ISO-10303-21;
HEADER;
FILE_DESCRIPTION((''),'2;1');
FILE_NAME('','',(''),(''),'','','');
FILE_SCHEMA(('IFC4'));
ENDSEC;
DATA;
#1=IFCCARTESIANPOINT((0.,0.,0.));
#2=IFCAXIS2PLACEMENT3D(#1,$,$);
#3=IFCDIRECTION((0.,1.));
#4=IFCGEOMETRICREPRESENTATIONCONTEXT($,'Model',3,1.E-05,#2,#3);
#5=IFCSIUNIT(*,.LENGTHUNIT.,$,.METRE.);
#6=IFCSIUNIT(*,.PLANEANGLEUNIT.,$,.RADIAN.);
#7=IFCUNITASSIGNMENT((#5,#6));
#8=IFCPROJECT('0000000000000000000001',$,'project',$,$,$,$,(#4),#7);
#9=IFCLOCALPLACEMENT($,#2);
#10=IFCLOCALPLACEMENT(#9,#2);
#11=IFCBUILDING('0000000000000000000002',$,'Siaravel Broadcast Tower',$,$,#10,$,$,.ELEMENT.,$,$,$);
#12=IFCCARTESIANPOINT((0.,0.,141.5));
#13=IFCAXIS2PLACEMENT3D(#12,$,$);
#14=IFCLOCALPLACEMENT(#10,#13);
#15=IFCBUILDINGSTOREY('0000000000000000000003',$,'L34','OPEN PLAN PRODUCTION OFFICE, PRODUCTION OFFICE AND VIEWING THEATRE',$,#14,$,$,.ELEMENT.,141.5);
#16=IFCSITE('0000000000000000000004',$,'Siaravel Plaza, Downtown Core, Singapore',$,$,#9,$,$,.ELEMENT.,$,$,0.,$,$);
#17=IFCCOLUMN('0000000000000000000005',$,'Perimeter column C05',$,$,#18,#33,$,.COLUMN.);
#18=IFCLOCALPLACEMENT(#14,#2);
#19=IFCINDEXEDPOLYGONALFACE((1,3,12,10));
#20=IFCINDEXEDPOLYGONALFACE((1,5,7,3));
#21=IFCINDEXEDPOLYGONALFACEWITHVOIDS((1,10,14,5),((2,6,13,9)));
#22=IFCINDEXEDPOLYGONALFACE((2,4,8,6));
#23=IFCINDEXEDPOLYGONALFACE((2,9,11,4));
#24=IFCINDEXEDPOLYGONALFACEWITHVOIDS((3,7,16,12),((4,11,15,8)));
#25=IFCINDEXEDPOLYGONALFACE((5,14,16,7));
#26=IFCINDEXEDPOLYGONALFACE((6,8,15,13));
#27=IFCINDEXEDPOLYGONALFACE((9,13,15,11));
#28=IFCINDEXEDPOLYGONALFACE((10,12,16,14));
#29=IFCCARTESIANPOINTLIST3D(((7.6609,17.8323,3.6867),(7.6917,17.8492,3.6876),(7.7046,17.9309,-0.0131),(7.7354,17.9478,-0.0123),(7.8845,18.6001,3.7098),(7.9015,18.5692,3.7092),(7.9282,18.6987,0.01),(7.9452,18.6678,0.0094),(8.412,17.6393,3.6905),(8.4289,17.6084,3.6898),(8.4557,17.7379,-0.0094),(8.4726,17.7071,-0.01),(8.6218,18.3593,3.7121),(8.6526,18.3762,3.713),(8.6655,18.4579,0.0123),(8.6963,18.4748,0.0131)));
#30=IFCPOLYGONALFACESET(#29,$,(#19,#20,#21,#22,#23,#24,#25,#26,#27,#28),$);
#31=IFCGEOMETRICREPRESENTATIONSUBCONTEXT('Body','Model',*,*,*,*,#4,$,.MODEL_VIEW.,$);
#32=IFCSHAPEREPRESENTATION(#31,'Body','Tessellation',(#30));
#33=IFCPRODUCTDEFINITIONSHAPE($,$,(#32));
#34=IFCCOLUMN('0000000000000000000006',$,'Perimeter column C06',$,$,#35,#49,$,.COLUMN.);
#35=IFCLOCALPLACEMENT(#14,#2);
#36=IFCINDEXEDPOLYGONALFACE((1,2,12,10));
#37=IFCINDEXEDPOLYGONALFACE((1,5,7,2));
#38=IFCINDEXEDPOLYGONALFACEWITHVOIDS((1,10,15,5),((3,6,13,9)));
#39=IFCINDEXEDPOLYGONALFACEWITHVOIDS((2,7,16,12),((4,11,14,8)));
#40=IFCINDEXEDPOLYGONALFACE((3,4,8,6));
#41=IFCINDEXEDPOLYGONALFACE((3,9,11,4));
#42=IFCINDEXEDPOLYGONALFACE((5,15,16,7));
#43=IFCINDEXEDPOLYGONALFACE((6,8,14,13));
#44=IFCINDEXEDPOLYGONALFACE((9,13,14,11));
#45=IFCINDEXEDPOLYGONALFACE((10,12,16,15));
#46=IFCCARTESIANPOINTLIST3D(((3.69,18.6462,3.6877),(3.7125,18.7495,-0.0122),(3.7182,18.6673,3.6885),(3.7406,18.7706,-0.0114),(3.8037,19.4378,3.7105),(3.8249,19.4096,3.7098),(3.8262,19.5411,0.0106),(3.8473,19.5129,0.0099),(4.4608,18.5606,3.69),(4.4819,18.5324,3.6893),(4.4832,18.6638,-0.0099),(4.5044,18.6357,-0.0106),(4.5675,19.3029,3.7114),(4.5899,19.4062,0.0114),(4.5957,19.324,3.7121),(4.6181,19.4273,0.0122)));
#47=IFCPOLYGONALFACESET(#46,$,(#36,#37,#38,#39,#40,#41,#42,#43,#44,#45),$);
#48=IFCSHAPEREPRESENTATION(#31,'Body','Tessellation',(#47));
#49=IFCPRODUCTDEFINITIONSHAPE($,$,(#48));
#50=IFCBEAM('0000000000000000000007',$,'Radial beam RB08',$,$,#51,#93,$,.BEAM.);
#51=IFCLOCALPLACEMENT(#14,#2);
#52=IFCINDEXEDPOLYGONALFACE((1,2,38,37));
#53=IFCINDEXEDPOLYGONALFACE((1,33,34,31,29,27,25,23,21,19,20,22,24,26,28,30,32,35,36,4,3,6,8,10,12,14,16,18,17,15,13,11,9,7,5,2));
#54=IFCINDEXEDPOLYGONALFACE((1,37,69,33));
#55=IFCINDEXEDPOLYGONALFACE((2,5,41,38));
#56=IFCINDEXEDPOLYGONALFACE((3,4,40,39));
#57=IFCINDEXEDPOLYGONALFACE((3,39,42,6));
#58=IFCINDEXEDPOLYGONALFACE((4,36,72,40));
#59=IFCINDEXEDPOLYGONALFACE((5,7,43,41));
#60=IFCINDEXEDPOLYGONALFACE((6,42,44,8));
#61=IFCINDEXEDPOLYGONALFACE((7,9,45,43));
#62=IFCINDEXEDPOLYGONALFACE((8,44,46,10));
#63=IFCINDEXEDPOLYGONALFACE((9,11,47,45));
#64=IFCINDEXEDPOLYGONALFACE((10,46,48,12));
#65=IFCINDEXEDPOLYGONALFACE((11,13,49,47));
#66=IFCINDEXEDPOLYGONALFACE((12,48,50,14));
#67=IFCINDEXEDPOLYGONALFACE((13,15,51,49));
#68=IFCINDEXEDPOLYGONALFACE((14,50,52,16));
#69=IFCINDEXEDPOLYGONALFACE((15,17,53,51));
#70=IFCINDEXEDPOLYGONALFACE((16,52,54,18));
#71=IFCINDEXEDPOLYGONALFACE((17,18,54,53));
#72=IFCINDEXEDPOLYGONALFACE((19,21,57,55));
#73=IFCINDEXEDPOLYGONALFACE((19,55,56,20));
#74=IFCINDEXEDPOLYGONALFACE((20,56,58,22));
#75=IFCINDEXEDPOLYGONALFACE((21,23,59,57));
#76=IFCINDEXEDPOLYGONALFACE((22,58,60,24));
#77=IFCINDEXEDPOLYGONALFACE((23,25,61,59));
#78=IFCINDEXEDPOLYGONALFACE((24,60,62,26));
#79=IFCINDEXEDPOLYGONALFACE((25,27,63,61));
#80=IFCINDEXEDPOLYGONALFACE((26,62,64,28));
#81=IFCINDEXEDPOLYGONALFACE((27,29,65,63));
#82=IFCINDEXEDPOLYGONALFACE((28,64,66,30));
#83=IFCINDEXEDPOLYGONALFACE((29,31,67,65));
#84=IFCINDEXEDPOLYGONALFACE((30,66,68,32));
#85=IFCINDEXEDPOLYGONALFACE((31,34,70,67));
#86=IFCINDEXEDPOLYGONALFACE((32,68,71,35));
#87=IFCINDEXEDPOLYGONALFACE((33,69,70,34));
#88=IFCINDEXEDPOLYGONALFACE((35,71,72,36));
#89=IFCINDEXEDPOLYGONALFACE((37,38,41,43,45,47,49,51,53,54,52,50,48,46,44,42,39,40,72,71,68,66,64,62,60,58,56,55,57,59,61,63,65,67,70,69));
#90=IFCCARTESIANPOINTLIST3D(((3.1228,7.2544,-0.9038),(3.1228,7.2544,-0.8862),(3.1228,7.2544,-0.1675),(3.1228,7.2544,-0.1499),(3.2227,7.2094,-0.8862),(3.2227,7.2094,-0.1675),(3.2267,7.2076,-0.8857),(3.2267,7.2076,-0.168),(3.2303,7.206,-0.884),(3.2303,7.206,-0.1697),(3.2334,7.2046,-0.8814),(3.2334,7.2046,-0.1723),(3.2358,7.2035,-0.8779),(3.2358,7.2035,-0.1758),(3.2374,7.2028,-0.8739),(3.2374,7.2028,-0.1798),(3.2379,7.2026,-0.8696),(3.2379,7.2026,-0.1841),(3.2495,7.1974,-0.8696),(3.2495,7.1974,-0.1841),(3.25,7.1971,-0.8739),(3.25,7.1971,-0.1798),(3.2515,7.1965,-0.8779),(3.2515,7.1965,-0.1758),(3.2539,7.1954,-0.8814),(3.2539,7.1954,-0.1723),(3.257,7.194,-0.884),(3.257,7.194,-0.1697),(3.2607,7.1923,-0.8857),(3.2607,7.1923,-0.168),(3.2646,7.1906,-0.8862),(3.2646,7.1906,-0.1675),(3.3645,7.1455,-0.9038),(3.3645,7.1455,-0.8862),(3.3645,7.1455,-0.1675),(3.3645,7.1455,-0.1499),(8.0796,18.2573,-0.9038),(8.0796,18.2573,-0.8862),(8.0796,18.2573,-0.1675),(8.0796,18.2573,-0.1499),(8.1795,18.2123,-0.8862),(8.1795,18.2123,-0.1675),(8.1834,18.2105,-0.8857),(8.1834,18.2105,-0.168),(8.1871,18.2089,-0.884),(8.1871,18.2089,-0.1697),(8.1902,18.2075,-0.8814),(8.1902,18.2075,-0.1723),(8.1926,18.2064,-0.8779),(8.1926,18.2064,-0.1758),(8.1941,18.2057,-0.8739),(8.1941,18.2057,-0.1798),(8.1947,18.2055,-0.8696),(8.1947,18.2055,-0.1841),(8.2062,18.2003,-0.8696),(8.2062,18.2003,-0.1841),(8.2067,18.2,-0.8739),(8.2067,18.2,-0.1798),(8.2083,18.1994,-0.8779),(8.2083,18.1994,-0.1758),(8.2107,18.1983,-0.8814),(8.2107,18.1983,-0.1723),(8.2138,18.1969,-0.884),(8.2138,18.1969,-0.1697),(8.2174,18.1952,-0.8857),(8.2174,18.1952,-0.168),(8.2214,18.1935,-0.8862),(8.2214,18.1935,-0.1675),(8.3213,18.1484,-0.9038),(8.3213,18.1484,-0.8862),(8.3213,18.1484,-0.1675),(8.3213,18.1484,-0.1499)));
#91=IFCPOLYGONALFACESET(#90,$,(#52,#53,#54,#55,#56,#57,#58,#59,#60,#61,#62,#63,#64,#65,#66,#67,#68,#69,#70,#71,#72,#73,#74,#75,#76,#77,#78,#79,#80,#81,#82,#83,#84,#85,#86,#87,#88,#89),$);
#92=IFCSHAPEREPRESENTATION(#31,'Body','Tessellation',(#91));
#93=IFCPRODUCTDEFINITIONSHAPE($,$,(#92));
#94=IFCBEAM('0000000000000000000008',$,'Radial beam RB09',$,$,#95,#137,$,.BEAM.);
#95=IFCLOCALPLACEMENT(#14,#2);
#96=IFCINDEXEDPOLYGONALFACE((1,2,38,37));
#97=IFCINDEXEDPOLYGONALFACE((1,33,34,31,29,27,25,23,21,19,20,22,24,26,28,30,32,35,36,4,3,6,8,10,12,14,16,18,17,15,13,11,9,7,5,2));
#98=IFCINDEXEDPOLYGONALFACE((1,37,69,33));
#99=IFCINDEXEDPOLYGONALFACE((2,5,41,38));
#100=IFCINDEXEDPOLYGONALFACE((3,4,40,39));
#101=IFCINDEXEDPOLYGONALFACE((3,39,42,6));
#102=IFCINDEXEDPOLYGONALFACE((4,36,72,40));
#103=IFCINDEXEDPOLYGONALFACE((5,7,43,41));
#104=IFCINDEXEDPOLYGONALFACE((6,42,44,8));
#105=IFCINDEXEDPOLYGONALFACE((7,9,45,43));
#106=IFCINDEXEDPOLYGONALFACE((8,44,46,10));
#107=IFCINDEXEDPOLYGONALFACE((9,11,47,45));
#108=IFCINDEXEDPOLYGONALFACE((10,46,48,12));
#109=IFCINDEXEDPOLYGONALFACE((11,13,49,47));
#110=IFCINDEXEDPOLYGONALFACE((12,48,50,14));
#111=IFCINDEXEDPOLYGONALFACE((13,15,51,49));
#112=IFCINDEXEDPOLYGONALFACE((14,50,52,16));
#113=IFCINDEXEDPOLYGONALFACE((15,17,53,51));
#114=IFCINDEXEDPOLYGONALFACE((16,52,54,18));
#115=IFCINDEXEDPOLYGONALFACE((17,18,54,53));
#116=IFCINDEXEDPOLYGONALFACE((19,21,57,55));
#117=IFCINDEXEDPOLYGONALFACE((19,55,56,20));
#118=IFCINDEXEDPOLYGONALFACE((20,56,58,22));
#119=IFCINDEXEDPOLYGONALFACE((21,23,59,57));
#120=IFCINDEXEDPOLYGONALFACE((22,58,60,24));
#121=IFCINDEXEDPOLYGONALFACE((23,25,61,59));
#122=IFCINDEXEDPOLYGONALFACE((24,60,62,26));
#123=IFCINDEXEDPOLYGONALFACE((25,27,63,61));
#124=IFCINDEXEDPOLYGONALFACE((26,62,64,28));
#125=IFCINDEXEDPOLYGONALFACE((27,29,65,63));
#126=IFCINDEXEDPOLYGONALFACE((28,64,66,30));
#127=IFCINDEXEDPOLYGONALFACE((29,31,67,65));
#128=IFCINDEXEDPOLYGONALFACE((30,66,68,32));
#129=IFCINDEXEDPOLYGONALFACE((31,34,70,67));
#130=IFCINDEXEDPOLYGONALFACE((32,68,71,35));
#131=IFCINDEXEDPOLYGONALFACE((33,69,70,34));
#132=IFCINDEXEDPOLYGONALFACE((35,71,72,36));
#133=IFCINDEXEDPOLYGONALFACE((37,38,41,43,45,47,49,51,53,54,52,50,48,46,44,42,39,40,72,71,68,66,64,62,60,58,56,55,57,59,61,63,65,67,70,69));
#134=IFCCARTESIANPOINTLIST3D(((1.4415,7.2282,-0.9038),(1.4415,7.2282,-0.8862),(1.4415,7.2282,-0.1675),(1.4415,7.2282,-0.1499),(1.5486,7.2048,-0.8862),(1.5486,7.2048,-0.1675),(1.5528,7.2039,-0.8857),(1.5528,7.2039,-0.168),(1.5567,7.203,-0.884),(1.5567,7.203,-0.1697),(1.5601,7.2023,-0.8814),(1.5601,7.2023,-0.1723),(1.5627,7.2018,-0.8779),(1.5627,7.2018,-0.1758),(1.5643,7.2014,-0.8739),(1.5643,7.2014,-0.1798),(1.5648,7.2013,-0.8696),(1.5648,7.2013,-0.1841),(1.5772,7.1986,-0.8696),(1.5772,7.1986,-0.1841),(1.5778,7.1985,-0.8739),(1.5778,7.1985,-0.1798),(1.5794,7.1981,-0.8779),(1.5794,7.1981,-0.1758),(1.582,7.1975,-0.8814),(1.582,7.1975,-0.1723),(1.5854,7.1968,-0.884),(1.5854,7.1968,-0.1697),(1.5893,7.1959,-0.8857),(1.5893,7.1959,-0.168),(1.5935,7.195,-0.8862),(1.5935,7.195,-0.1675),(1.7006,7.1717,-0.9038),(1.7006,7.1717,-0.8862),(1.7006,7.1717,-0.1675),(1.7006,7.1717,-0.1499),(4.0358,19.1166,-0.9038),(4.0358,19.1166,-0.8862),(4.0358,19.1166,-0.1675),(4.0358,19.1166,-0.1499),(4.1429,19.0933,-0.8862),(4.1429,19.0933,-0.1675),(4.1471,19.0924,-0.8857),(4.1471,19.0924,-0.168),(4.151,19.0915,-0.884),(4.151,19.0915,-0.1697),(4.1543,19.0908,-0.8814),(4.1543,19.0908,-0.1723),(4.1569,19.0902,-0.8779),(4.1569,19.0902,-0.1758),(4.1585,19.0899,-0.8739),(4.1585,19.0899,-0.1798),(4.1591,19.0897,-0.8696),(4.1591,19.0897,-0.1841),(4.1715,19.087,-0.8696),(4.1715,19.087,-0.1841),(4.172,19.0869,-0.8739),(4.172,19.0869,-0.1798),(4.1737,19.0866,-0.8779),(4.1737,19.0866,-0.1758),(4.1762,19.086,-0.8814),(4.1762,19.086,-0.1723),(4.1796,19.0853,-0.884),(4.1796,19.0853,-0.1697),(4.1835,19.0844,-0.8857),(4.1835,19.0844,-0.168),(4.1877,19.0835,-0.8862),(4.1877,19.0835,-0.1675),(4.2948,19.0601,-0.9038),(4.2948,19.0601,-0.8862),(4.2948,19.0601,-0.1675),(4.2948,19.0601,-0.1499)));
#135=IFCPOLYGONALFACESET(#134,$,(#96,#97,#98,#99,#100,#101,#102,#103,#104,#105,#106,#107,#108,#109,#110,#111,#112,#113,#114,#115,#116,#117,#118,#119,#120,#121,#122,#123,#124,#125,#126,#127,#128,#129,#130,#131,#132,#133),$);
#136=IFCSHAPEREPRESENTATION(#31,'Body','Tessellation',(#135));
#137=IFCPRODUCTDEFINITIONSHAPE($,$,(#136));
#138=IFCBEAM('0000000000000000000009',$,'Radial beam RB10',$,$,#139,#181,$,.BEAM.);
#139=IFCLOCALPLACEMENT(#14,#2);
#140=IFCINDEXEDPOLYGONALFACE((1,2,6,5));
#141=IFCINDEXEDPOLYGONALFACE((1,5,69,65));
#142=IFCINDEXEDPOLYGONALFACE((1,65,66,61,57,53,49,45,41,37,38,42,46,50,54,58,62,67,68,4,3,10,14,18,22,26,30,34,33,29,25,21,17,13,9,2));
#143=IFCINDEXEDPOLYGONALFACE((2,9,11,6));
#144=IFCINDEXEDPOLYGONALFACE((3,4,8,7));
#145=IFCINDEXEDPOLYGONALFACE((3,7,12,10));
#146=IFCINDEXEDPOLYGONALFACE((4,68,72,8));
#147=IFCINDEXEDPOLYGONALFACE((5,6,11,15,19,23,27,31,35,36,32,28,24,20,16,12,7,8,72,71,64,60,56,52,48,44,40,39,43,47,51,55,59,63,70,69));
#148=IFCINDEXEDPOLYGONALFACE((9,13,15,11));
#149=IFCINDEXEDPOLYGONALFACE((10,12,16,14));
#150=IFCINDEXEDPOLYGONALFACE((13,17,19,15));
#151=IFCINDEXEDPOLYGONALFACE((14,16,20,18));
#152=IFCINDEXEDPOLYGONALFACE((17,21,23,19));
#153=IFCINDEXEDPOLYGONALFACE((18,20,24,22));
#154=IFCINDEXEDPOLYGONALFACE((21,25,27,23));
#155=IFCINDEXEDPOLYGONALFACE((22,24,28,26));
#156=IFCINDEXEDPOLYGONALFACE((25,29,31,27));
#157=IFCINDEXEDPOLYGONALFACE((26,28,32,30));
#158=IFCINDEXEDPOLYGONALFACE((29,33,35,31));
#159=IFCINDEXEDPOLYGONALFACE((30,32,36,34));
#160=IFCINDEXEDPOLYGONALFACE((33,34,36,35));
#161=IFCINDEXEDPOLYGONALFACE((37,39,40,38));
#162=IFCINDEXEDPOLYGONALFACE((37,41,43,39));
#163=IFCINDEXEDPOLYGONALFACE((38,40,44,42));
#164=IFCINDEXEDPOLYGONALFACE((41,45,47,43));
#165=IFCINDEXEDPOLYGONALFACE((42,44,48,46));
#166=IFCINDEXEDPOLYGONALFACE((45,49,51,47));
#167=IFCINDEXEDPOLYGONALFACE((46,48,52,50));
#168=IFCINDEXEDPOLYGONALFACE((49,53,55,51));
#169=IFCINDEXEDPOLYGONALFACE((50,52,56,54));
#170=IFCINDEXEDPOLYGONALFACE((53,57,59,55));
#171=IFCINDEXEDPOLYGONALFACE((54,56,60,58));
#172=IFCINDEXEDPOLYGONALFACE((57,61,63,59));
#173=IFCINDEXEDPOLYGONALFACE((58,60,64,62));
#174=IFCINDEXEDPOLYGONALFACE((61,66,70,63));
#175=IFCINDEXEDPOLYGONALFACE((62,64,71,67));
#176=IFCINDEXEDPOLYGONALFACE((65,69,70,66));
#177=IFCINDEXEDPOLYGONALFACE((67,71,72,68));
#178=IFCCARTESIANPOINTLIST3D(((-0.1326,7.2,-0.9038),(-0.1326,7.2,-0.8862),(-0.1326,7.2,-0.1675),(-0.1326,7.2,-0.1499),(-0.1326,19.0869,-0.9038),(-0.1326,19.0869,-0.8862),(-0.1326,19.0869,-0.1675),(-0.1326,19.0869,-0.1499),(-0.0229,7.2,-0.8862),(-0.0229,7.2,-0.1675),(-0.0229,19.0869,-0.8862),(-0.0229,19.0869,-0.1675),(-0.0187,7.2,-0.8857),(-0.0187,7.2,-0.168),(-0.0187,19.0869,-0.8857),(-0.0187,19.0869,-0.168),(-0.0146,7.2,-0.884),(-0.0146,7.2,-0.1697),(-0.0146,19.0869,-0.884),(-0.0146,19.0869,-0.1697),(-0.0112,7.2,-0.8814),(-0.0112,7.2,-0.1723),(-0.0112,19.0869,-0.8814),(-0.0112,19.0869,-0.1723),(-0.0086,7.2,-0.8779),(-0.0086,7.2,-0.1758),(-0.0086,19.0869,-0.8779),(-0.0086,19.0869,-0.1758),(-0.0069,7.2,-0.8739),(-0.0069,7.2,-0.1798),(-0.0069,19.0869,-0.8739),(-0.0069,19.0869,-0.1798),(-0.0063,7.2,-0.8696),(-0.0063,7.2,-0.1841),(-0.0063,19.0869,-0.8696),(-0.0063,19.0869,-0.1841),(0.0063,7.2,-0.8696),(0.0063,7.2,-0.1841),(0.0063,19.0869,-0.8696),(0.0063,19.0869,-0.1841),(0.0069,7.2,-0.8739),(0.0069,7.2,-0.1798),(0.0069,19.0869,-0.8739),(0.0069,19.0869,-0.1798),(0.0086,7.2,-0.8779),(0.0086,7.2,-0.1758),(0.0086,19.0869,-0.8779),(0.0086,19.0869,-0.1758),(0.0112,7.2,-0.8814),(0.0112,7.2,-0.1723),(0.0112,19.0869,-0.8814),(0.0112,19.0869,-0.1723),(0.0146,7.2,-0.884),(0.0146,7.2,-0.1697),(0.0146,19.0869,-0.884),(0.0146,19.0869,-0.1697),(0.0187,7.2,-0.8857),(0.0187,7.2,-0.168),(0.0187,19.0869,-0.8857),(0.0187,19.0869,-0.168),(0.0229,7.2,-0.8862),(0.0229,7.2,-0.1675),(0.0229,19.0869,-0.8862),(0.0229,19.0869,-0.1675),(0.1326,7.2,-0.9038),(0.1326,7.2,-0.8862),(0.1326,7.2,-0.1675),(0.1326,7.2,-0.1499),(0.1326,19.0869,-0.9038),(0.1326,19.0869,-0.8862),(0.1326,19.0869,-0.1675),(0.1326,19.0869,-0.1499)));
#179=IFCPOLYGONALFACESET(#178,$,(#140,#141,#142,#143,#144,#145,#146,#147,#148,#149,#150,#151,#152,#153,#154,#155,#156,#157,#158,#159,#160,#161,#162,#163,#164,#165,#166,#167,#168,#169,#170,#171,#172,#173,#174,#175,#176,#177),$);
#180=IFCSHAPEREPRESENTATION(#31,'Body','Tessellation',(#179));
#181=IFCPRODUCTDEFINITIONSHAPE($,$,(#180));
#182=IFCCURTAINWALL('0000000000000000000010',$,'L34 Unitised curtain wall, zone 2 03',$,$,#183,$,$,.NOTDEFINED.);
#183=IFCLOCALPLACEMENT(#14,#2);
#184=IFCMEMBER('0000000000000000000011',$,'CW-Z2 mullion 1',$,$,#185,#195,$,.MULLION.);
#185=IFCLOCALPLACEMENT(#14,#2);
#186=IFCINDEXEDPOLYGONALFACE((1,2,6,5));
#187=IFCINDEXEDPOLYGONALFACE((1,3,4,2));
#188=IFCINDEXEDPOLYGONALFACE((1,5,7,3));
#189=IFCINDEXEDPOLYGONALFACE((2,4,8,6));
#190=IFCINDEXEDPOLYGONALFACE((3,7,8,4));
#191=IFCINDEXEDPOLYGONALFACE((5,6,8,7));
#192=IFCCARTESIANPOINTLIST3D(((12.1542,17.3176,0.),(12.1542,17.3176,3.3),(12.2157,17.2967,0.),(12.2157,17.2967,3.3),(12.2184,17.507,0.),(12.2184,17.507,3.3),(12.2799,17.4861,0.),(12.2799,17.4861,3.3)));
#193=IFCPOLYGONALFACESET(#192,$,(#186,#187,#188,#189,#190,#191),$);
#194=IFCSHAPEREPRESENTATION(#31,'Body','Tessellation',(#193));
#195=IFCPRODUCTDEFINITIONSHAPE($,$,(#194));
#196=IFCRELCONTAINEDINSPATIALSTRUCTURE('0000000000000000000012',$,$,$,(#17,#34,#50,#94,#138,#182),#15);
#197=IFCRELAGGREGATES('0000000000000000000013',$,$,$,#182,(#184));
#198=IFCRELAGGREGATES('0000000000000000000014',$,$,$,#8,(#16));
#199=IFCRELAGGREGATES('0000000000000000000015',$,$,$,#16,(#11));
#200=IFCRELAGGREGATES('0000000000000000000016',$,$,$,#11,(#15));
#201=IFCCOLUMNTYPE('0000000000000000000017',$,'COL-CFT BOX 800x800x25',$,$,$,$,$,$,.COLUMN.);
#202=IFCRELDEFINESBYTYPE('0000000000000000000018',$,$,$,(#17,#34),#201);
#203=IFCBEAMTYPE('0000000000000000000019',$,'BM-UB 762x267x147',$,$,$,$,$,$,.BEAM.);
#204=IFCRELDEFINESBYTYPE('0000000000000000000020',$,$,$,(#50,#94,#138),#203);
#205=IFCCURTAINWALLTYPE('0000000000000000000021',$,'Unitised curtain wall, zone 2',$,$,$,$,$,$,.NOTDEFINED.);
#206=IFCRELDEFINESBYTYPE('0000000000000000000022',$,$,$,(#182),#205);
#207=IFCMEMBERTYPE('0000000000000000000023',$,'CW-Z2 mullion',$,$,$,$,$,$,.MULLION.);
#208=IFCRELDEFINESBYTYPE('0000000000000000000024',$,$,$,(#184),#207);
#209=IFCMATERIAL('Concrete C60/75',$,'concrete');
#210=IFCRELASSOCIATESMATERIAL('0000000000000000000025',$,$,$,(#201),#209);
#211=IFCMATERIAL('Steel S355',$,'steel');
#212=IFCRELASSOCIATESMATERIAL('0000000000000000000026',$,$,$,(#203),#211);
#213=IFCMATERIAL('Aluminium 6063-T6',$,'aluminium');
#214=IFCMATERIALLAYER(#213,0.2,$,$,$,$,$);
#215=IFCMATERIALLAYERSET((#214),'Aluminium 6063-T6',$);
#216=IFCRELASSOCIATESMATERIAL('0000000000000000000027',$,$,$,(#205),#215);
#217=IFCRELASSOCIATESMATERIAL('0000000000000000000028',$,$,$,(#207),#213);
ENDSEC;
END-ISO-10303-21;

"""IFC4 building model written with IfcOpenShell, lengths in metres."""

from ifc_helpers import new_model, si_unit, direction, frame, origin, origin_2d, place, context, subcontext, project, spatial, rectangle, hollow_rectangle, i_section, extrude, material, layer, layer_set, material_profile, profile_set, type_object, element, aggregate, save


model = new_model("IFC4")

# Units and contexts
model_context = context("Model", 3, precision=1e-05, world=origin(), true_north=direction((0.0, 1.0)))
body_context = subcontext(model_context, "Body", "Model", "MODEL_VIEW")
ifc_project = project(units=[si_unit("LENGTHUNIT", "METRE"), si_unit("PLANEANGLEUNIT", "RADIAN")], contexts=[model_context])

# Site, building, storey
site_placement = place(None, origin())
site = spatial("IfcSite", under=ifc_project, at=site_placement, Name="Siaravel Plaza, Downtown Core, Singapore", CompositionType="ELEMENT", RefElevation=0.0)
building_placement = place(site_placement, origin())
building = spatial("IfcBuilding", under=site, at=building_placement, Name="Siaravel Broadcast Tower", CompositionType="ELEMENT")
storey_placement = place(building_placement, frame((0.0, 0.0, 141.5)))
storey = spatial("IfcBuildingStorey", under=building, at=storey_placement, Name="L34", Description="OPEN PLAN PRODUCTION OFFICE, PRODUCTION OFFICE AND VIEWING THEATRE", CompositionType="ELEMENT", Elevation=141.5)

# Columns
ifc_material_1 = material(Name="Concrete C60/75", Category="concrete")
ifc_material_profile_1 = material_profile(ifc_material_1, hollow_rectangle(XDim=0.8, YDim=0.8, WallThickness=0.0249, at=origin_2d()))
ifc_profile_set_1 = profile_set([ifc_material_profile_1], Name="Concrete C60/75")
column_type = type_object("IfcColumnType", Name="COL-CFT BOX 800x800x25", PredefinedType="COLUMN", material=ifc_profile_set_1)
for number, where, z_axis, x_axis, name in (
    (1, (8.2004, 18.2029, 0.0), (-0.011806, -0.026647, 0.999575), (0.960048, -0.279808, 0.00388), "Perimeter column C05"),
    (2, (4.1653, 19.0884, 0.0), (-0.006068, -0.0279, 0.999592), (0.989821, -0.142301, 0.002037), "Perimeter column C06"),
):
    element("IfcColumn", number, at=place(storey_placement, frame(where, z_axis=z_axis, x_axis=x_axis)), inside=storey, type_object=column_type, Name=name, PredefinedType="COLUMN", context=body_context, shape_type="SweptSolid", body=[
        extrude(hollow_rectangle(XDim=0.8, YDim=0.8, WallThickness=0.0249, at=origin_2d()), origin(), (0.0, 0.0, 1.0), 3.7014),
    ])

# Beams
ifc_material_2 = material(Name="Steel S355", Category="steel")
ifc_material_profile_2 = material_profile(ifc_material_2, i_section(OverallWidth=0.2651, OverallDepth=0.7539, WebThickness=0.0127, FlangeThickness=0.0176, FilletRadius=0.0166, at=origin_2d()))
ifc_profile_set_2 = profile_set([ifc_material_profile_2], Name="Steel S355")
beam_type = type_object("IfcBeamType", Name="BM-UB 762x267x147", PredefinedType="BEAM", material=ifc_profile_set_2)
beam_1_placement = place(storey_placement, frame((8.2004, 18.2029, -0.5269), z_axis=(-0.410741, -0.911752, 0.0), x_axis=(0.911752, -0.410741, 0.0)))
element("IfcBeam", 3, at=beam_1_placement, inside=storey, type_object=beam_type, Name="Radial beam RB08", PredefinedType="BEAM", context=body_context, shape_type="SweptSolid", body=[
    extrude(i_section(OverallWidth=0.2651, OverallDepth=0.7539, WebThickness=0.0127, FlangeThickness=0.0176, FilletRadius=0.0166, at=origin_2d()), origin(), (0.0, 0.0, 1.0), 12.0679),
])
beam_2_placement = place(storey_placement, frame((4.1653, 19.0884, -0.5269), z_axis=(-0.213198, -0.977009, 0.0), x_axis=(0.977009, -0.213198, 0.0)))
element("IfcBeam", 4, at=beam_2_placement, inside=storey, type_object=beam_type, Name="Radial beam RB09", PredefinedType="BEAM", context=body_context, shape_type="SweptSolid", body=[
    extrude(i_section(OverallWidth=0.2651, OverallDepth=0.7539, WebThickness=0.0127, FlangeThickness=0.0176, FilletRadius=0.0166, at=origin_2d()), origin(), (0.0, 0.0, 1.0), 12.1682),
])
beam_3_placement = place(storey_placement, frame((0.0, 19.0869, -0.5269), z_axis=(0.0, -1.0, 0.0), x_axis=(1.0, 0.0, 0.0)))
element("IfcBeam", 5, at=beam_3_placement, inside=storey, type_object=beam_type, Name="Radial beam RB10", PredefinedType="BEAM", context=body_context, shape_type="SweptSolid", body=[
    extrude(i_section(OverallWidth=0.2651, OverallDepth=0.7539, WebThickness=0.0127, FlangeThickness=0.0176, FilletRadius=0.0166, at=origin_2d()), origin(), (0.0, 0.0, 1.0), 11.887),
])

# Curtain wall, member
ifc_material_3 = material(Name="Aluminium 6063-T6", Category="aluminium")
ifc_layer_1 = layer(ifc_material_3, 0.2)
ifc_layer_set_1 = layer_set([ifc_layer_1], Name="Aluminium 6063-T6")
curtain_wall_type = type_object("IfcCurtainWallType", Name="Unitised curtain wall, zone 2", PredefinedType="NOTDEFINED", material=ifc_layer_set_1)
curtain_wall_placement = place(storey_placement, origin())
curtain_wall = element("IfcCurtainWall", 6, at=curtain_wall_placement, inside=storey, type_object=curtain_wall_type, Name="L34 Unitised curtain wall, zone 2 03", PredefinedType="NOTDEFINED")
ifc_material_profile_3 = material_profile(ifc_material_3, rectangle(XDim=0.2, YDim=0.0649, at=origin_2d()))
ifc_profile_set_3 = profile_set([ifc_material_profile_3], Name="Aluminium 6063-T6")
member_type_1 = type_object("IfcMemberType", Name="CW-Z2 mullion", PredefinedType="MULLION", material=ifc_profile_set_3)
member_1_placement = place(storey_placement, frame((12.217, 17.4019, 0.0), z_axis=(0.0, 0.0, 1.0), x_axis=(-0.321301, -0.946977, 0.0)))
member_1 = element("IfcMember", 7, at=member_1_placement, type_object=member_type_1, Name="CW-Z2 mullion 1", PredefinedType="MULLION", context=body_context, shape_type="SweptSolid", body=[
    extrude(rectangle(XDim=0.2, YDim=0.0649, at=origin_2d()), origin(), (0.0, 0.0, 1.0), 3.3),
])

aggregate(curtain_wall, [member_1])

save(model, "model.ifc")
